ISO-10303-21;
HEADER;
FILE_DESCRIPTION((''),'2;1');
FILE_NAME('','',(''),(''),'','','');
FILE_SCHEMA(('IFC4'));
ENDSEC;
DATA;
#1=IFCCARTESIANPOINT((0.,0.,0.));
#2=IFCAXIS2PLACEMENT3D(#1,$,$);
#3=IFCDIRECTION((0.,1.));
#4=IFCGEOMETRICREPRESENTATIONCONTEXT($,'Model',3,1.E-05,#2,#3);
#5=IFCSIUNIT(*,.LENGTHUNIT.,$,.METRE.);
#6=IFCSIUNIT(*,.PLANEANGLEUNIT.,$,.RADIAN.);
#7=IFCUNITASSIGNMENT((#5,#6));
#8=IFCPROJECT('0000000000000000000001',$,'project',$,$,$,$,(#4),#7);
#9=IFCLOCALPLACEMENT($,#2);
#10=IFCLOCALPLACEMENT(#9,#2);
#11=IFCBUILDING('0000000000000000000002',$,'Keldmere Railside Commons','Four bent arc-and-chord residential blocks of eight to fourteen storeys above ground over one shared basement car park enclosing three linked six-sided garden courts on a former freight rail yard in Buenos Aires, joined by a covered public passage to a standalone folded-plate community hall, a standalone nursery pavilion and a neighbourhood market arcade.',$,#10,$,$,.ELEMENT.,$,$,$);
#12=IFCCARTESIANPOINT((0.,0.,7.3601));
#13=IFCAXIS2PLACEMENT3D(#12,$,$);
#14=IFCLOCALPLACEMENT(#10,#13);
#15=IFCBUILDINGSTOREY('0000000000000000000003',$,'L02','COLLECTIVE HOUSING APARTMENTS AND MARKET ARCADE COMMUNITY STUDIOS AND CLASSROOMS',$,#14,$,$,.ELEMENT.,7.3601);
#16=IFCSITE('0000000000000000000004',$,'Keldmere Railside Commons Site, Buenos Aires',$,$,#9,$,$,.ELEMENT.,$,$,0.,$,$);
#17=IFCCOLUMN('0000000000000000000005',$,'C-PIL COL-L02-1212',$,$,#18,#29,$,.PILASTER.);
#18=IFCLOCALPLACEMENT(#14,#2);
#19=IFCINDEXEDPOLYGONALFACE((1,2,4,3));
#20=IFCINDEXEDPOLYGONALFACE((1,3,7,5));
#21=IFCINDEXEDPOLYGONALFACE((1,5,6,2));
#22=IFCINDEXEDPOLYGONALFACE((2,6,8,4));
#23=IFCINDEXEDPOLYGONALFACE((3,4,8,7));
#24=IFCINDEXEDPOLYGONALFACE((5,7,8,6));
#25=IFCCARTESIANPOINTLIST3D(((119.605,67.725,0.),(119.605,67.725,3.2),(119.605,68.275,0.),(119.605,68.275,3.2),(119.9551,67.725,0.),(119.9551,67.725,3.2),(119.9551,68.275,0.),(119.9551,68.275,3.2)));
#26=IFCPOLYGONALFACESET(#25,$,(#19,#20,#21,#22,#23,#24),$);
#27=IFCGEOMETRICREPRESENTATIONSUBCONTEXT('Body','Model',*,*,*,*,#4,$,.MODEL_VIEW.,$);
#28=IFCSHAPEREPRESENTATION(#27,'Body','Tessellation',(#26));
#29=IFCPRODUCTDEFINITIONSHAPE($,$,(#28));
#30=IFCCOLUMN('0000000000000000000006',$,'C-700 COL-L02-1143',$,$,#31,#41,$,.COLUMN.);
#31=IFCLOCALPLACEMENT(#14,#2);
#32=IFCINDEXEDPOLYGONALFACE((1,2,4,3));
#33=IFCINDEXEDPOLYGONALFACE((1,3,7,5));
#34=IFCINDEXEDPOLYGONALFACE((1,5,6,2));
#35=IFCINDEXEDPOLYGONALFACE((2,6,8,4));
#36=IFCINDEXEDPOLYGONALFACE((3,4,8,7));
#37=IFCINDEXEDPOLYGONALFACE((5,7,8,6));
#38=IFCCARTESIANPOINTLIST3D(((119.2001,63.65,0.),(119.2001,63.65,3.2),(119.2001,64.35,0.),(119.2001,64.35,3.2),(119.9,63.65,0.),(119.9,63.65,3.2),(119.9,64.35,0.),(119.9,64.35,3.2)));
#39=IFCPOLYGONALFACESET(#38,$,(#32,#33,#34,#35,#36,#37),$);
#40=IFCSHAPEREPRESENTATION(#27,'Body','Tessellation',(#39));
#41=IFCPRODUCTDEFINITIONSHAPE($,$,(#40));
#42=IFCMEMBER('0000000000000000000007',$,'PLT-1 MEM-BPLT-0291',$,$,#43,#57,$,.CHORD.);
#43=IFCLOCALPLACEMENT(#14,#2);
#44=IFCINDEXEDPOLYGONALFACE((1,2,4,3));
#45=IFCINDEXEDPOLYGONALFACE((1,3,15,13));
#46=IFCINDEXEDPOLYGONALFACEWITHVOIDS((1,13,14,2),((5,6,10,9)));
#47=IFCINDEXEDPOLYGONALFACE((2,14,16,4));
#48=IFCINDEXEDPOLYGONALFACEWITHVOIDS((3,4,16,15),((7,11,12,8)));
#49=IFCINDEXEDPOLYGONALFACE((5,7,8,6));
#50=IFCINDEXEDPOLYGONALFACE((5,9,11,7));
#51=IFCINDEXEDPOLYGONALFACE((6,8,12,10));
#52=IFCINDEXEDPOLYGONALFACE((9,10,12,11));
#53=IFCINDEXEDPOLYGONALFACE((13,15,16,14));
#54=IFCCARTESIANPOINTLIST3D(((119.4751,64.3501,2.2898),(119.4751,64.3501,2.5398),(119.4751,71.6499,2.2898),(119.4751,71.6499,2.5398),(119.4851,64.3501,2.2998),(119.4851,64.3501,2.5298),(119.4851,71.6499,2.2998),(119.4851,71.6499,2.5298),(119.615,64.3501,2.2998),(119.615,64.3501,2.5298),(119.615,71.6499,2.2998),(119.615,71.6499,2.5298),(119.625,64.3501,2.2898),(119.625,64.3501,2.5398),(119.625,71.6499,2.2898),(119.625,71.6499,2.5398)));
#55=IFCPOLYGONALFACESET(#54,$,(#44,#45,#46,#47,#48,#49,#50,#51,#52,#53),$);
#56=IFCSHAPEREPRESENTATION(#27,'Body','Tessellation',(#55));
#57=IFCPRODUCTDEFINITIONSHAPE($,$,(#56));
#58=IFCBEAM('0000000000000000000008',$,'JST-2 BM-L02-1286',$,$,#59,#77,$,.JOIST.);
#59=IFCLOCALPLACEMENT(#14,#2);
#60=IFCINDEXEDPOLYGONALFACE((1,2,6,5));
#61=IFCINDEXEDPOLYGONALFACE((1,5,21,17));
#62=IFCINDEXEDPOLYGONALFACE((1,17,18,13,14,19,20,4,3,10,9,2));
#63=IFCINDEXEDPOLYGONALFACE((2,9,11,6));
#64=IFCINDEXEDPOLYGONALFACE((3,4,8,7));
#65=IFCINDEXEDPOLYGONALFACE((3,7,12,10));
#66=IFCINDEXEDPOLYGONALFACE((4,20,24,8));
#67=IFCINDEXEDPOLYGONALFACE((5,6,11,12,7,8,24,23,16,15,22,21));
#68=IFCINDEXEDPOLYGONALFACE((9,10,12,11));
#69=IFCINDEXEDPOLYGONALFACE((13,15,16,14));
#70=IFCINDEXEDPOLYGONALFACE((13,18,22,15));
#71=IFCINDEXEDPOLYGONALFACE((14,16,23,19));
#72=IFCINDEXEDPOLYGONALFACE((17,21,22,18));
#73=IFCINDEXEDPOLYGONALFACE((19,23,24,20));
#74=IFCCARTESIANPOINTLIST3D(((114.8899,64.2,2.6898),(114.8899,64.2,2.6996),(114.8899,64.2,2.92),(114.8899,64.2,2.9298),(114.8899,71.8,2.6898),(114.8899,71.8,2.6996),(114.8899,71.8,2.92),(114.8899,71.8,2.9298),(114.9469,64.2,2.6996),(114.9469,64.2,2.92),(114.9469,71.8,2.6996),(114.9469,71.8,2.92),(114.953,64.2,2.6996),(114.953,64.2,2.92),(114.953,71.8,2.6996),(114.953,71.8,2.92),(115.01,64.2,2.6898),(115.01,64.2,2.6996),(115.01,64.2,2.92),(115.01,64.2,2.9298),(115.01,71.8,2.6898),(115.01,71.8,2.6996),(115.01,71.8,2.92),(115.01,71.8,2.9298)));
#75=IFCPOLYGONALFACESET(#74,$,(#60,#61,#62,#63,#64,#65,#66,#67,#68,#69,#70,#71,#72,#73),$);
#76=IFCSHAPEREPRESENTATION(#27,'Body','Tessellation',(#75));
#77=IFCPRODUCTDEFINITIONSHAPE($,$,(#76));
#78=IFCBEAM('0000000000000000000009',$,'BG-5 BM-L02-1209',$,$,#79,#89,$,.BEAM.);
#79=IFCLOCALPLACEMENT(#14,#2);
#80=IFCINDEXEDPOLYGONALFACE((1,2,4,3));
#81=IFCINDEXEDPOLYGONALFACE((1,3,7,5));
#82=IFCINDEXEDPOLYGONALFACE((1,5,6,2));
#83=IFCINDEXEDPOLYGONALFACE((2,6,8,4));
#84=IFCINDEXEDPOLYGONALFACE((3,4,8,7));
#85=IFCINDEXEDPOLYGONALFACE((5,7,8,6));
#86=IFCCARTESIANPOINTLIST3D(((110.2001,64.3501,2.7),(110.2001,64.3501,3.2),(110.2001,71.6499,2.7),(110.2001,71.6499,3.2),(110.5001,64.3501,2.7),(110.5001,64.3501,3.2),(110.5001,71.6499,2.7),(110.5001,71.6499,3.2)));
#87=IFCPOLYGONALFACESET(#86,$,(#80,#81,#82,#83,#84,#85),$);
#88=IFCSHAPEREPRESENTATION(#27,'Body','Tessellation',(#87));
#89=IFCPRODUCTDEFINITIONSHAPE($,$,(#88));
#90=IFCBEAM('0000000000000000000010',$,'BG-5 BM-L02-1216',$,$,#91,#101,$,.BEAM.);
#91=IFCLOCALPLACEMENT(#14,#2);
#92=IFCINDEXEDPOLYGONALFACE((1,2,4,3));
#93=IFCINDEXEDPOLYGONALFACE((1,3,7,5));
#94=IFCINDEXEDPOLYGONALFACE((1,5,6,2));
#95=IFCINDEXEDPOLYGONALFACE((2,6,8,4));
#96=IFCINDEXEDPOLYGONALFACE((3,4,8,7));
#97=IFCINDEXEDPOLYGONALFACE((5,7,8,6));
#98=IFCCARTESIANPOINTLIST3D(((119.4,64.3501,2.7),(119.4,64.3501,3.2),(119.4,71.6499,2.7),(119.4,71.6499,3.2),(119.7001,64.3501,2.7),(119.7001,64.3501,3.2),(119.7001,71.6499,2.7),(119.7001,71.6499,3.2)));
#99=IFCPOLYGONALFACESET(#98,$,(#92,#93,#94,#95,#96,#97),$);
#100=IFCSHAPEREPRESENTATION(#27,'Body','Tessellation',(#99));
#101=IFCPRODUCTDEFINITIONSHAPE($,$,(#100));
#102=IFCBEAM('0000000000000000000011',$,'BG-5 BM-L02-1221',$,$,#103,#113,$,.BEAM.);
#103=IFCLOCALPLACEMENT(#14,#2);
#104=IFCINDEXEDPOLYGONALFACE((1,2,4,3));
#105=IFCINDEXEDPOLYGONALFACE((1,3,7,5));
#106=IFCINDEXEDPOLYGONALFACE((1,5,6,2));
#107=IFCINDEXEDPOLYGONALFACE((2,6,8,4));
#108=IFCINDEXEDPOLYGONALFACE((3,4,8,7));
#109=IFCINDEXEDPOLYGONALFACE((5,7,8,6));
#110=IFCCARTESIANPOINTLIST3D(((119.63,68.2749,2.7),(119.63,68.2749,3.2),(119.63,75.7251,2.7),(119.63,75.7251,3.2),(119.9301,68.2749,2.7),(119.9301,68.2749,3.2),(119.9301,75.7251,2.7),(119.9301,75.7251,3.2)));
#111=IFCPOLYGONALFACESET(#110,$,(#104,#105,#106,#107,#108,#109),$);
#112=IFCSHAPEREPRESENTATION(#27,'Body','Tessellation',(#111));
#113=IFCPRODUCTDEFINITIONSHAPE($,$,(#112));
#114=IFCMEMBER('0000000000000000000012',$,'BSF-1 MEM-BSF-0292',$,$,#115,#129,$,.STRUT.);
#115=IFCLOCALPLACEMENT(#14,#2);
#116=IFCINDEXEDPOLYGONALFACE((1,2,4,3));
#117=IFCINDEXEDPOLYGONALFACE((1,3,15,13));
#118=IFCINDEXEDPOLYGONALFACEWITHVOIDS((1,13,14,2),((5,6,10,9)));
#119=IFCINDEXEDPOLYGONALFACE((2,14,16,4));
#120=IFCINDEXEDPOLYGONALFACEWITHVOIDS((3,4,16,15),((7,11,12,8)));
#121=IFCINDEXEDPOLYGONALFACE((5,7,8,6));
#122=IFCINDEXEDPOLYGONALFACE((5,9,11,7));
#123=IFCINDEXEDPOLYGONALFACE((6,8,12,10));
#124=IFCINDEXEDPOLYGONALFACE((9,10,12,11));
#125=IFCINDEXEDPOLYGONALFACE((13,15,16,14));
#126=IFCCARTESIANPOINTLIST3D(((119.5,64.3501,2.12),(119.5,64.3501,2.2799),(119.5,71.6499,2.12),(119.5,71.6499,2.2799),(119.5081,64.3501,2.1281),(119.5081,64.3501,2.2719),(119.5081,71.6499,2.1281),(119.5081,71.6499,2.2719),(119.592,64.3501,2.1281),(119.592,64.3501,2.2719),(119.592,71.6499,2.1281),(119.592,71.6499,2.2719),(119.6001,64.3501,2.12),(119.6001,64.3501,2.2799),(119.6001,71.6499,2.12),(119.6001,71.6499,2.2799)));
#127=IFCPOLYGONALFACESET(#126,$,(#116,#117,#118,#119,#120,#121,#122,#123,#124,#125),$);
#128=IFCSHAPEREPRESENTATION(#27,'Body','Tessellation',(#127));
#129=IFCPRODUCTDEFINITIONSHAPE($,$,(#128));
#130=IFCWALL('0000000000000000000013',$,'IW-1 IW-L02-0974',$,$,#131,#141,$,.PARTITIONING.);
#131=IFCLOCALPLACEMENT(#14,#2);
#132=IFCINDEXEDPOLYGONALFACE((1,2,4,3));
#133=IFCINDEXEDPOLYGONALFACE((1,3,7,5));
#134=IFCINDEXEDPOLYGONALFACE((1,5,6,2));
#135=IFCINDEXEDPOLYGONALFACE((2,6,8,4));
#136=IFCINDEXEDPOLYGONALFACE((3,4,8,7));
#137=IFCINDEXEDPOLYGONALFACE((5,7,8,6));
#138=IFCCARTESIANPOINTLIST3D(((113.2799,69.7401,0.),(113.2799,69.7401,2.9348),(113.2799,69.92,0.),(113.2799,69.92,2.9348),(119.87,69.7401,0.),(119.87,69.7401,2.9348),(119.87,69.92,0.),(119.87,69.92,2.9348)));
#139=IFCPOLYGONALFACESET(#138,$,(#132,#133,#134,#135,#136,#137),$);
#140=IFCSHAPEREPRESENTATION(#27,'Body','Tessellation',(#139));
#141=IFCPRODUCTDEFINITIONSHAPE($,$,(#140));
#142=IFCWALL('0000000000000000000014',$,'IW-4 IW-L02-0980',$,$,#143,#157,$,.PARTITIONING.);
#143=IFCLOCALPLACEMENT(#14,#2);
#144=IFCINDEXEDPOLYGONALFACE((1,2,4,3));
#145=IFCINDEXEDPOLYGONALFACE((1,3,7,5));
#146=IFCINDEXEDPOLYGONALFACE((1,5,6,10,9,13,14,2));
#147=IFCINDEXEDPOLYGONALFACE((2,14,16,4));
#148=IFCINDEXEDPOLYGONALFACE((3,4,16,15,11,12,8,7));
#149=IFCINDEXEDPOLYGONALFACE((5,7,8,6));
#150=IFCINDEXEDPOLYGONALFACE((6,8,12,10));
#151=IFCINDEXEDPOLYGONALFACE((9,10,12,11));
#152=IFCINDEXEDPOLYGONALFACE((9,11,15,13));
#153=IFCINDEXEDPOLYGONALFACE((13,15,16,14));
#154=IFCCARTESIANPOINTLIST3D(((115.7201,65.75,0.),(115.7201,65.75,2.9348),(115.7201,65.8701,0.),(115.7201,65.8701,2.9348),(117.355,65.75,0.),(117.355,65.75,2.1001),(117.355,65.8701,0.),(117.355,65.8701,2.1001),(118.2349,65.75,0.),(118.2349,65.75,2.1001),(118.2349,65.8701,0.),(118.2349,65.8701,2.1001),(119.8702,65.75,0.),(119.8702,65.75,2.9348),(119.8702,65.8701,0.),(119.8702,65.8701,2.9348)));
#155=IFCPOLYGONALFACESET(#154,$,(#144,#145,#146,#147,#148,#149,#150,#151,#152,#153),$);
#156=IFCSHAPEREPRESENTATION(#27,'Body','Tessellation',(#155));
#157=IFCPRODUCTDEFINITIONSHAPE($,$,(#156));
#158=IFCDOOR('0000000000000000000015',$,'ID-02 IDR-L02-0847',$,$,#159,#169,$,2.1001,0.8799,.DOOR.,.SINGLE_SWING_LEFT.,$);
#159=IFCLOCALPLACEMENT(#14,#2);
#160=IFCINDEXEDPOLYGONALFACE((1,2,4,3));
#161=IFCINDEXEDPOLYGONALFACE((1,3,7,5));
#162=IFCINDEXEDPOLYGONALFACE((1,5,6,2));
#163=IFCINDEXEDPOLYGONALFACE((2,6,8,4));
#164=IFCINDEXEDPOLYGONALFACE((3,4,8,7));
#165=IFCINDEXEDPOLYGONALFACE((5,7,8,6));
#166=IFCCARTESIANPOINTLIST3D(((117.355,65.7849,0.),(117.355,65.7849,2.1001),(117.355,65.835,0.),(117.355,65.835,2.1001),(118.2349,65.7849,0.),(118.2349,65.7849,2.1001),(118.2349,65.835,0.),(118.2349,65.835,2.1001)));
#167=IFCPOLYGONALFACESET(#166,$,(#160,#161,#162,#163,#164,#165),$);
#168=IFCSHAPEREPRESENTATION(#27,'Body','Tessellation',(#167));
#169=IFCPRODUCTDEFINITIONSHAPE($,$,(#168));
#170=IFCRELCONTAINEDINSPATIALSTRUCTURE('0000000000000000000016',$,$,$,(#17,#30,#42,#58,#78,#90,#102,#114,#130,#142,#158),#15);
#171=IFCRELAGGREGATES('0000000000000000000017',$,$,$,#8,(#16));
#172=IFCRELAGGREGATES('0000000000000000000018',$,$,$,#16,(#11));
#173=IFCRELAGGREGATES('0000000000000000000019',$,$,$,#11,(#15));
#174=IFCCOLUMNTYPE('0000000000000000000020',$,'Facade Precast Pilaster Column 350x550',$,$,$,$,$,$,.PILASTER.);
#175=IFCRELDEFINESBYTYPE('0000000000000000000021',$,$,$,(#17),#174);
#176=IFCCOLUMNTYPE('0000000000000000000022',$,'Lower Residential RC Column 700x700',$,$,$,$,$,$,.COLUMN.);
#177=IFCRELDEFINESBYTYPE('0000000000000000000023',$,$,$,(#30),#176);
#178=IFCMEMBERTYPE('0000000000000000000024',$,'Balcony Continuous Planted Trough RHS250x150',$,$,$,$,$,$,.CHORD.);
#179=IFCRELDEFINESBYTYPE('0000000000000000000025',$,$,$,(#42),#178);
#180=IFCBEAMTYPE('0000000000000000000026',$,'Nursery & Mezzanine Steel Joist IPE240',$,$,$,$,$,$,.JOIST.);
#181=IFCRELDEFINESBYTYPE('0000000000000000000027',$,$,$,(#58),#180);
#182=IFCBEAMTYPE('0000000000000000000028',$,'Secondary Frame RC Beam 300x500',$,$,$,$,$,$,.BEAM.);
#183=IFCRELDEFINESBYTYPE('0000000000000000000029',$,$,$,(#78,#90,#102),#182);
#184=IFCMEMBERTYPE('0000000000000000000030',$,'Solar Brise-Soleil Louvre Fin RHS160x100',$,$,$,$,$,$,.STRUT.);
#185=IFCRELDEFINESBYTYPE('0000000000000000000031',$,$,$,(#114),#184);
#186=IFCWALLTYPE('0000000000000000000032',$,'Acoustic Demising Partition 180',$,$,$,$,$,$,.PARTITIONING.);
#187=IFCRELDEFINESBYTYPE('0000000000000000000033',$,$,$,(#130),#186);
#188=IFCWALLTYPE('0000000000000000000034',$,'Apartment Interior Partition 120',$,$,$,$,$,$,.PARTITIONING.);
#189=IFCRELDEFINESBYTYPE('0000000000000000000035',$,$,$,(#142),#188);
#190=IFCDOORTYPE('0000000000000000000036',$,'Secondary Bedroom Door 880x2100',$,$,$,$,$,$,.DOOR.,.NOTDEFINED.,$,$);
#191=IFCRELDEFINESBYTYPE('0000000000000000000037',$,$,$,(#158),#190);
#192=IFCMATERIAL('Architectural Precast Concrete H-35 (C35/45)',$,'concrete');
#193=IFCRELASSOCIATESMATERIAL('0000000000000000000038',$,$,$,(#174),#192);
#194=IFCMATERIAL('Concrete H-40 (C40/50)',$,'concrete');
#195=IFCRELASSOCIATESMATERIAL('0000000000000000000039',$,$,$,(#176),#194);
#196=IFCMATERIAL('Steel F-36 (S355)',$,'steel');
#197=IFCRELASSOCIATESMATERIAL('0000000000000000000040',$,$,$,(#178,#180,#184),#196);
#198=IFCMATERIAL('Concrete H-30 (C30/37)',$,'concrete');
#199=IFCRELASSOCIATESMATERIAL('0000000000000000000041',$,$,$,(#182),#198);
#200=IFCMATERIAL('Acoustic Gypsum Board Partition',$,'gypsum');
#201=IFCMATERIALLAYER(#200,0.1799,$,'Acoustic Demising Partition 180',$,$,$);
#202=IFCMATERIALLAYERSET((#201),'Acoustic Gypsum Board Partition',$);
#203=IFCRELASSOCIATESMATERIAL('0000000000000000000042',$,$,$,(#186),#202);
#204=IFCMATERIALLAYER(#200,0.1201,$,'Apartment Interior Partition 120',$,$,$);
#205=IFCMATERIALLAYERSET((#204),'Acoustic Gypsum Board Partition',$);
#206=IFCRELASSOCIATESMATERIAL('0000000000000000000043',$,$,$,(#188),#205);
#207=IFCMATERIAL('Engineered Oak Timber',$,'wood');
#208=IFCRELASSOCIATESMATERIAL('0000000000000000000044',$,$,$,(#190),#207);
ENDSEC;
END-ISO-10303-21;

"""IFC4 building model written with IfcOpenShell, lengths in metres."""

from ifc_helpers import new_model, si_unit, direction, frame, frame_2d, origin, origin_2d, place, context, subcontext, project, spatial, rectangle, hollow_rectangle, i_section, extrude, material, layer, layer_set, material_profile, profile_set, type_object, element, fill, save


model = new_model("IFC4")

# Units and contexts
model_context = context("Model", 3, precision=1e-05, world=origin(), true_north=direction((0.0, 1.0)))
body_context = subcontext(model_context, "Body", "Model", "MODEL_VIEW")
ifc_project = project(units=[si_unit("LENGTHUNIT", "METRE"), si_unit("PLANEANGLEUNIT", "RADIAN")], contexts=[model_context])

# Site, building, storey
site_placement = place(None, origin())
site = spatial("IfcSite", under=ifc_project, at=site_placement, Name="Keldmere Railside Commons Site, Buenos Aires", CompositionType="ELEMENT", RefElevation=0.0)
building_placement = place(site_placement, origin())
building = spatial("IfcBuilding", under=site, at=building_placement, Name="Keldmere Railside Commons", Description="Four bent arc-and-chord residential blocks of eight to fourteen storeys above ground over one shared basement car park enclosing three linked six-sided garden courts on a former freight rail yard in Buenos Aires, joined by a covered public passage to a standalone folded-plate community hall, a standalone nursery pavilion and a neighbourhood market arcade.", CompositionType="ELEMENT")
storey_placement = place(building_placement, frame((0.0, 0.0, 7.3601)))
storey = spatial("IfcBuildingStorey", under=building, at=storey_placement, Name="L02", Description="COLLECTIVE HOUSING APARTMENTS AND MARKET ARCADE COMMUNITY STUDIOS AND CLASSROOMS", CompositionType="ELEMENT", Elevation=7.3601)

# Columns
ifc_material_1 = material(Name="Architectural Precast Concrete H-35 (C35/45)", Category="concrete")
ifc_material_profile_1 = material_profile(ifc_material_1, rectangle(XDim=0.3501, YDim=0.55, at=origin_2d()), Name="RC-350x550")
ifc_profile_set_1 = profile_set([ifc_material_profile_1], Name="Architectural Precast Concrete H-35 (C35/45)")
column_type_1 = type_object("IfcColumnType", Name="Facade Precast Pilaster Column 350x550", PredefinedType="PILASTER", material=ifc_profile_set_1)
column_1_placement = place(storey_placement, frame((119.78, 68.0, 0.0), z_axis=(0.0, 0.0, 1.0), x_axis=(1.0, 0.0, 0.0)))
element("IfcColumn", 1, at=column_1_placement, inside=storey, type_object=column_type_1, Name="C-PIL COL-L02-1212", PredefinedType="PILASTER", context=body_context, shape_type="SweptSolid", body=[
    extrude(rectangle(XDim=0.3501, YDim=0.55, at=origin_2d()), origin(), (0.0, 0.0, 1.0), 3.2),
])
ifc_material_2 = material(Name="Concrete H-40 (C40/50)", Category="concrete")
ifc_material_profile_2 = material_profile(ifc_material_2, rectangle(XDim=0.7, YDim=0.7, at=origin_2d()), Name="RC-700x700")
ifc_profile_set_2 = profile_set([ifc_material_profile_2], Name="Concrete H-40 (C40/50)")
column_type_2 = type_object("IfcColumnType", Name="Lower Residential RC Column 700x700", PredefinedType="COLUMN", material=ifc_profile_set_2)
column_2_placement = place(storey_placement, frame((119.55, 64.0, 0.0), z_axis=(0.0, 0.0, 1.0), x_axis=(1.0, 0.0, 0.0)))
element("IfcColumn", 2, at=column_2_placement, inside=storey, type_object=column_type_2, Name="C-700 COL-L02-1143", PredefinedType="COLUMN", context=body_context, shape_type="SweptSolid", body=[
    extrude(rectangle(XDim=0.7, YDim=0.7, at=origin_2d()), origin(), (0.0, 0.0, 1.0), 3.2),
])

# Member
ifc_material_3 = material(Name="Steel F-36 (S355)", Category="steel")
ifc_material_profile_3 = material_profile(ifc_material_3, hollow_rectangle(XDim=0.1499, YDim=0.25, WallThickness=0.01, at=origin_2d()), Name="RHS-250x150x10")
ifc_profile_set_3 = profile_set([ifc_material_profile_3], Name="Steel F-36 (S355)")
member_type_1 = type_object("IfcMemberType", Name="Balcony Continuous Planted Trough RHS250x150", PredefinedType="CHORD", material=ifc_profile_set_3)
member_1_placement = place(storey_placement, frame((119.55, 64.3501, 2.4148), z_axis=(0.0, 1.0, 0.0), x_axis=(-1.0, 0.0, 0.0)))
element("IfcMember", 3, at=member_1_placement, inside=storey, type_object=member_type_1, Name="PLT-1 MEM-BPLT-0291", PredefinedType="CHORD", context=body_context, shape_type="SweptSolid", body=[
    extrude(hollow_rectangle(XDim=0.1499, YDim=0.25, WallThickness=0.01, at=origin_2d()), origin(), (0.0, 0.0, 1.0), 7.2998),
])

# Beams
ifc_material_profile_4 = material_profile(ifc_material_3, i_section(OverallWidth=0.1201, OverallDepth=0.24, WebThickness=0.0061, FlangeThickness=0.0098, at=origin_2d()), Name="IPE-240")
ifc_profile_set_4 = profile_set([ifc_material_profile_4], Name="Steel F-36 (S355)")
beam_type_1 = type_object("IfcBeamType", Name="Nursery & Mezzanine Steel Joist IPE240", PredefinedType="JOIST", material=ifc_profile_set_4)
beam_1_placement = place(storey_placement, frame((114.95, 64.2, 2.8098), z_axis=(0.0, 1.0, 0.0), x_axis=(-1.0, 0.0, 0.0)))
element("IfcBeam", 4, at=beam_1_placement, inside=storey, type_object=beam_type_1, Name="JST-2 BM-L02-1286", PredefinedType="JOIST", context=body_context, shape_type="SweptSolid", body=[
    extrude(i_section(OverallWidth=0.1201, OverallDepth=0.24, WebThickness=0.0061, FlangeThickness=0.0098, at=origin_2d()), origin(), (0.0, 0.0, 1.0), 7.6001),
])
ifc_material_4 = material(Name="Concrete H-30 (C30/37)", Category="concrete")
ifc_material_profile_5 = material_profile(ifc_material_4, rectangle(XDim=0.3, YDim=0.5, at=origin_2d()), Name="RC-300x500")
ifc_profile_set_5 = profile_set([ifc_material_profile_5], Name="Concrete H-30 (C30/37)")
beam_type_2 = type_object("IfcBeamType", Name="Secondary Frame RC Beam 300x500", PredefinedType="BEAM", material=ifc_profile_set_5)
for number, where, z_axis, x_axis, name in (
    (5, (110.3501, 64.3501, 2.95), (0.0, 1.0, 0.0), (-1.0, 0.0, 0.0), "BG-5 BM-L02-1209"),
    (6, (119.55, 64.3501, 2.95), (0.0, 1.0, 0.0), (-1.0, 0.0, 0.0), "BG-5 BM-L02-1216"),
):
    element("IfcBeam", number, at=place(storey_placement, frame(where, z_axis=z_axis, x_axis=x_axis)), inside=storey, type_object=beam_type_2, Name=name, PredefinedType="BEAM", context=body_context, shape_type="SweptSolid", body=[
        extrude(rectangle(XDim=0.3, YDim=0.5, at=origin_2d()), origin(), (0.0, 0.0, 1.0), 7.2998),
    ])
beam_2_placement = place(storey_placement, frame((119.78, 68.2749, 2.95), z_axis=(0.0, 1.0, 0.0), x_axis=(-1.0, 0.0, 0.0)))
element("IfcBeam", 7, at=beam_2_placement, inside=storey, type_object=beam_type_2, Name="BG-5 BM-L02-1221", PredefinedType="BEAM", context=body_context, shape_type="SweptSolid", body=[
    extrude(rectangle(XDim=0.3, YDim=0.5, at=origin_2d()), origin(), (0.0, 0.0, 1.0), 7.4502),
])

# Member
ifc_material_profile_6 = material_profile(ifc_material_3, hollow_rectangle(XDim=0.1001, YDim=0.1599, WallThickness=0.0081, at=origin_2d()), Name="RHS-160x100x8")
ifc_profile_set_6 = profile_set([ifc_material_profile_6], Name="Steel F-36 (S355)")
member_type_2 = type_object("IfcMemberType", Name="Solar Brise-Soleil Louvre Fin RHS160x100", PredefinedType="STRUT", material=ifc_profile_set_6)
member_2_placement = place(storey_placement, frame((119.55, 64.3501, 2.2), z_axis=(0.0, 1.0, 0.0), x_axis=(-1.0, 0.0, 0.0)))
element("IfcMember", 8, at=member_2_placement, inside=storey, type_object=member_type_2, Name="BSF-1 MEM-BSF-0292", PredefinedType="STRUT", context=body_context, shape_type="SweptSolid", body=[
    extrude(hollow_rectangle(XDim=0.1001, YDim=0.1599, WallThickness=0.0081, at=origin_2d()), origin(), (0.0, 0.0, 1.0), 7.2998),
])

# Wall
ifc_material_5 = material(Name="Acoustic Gypsum Board Partition", Category="gypsum")
ifc_layer_1 = layer(ifc_material_5, 0.1799, Name="Acoustic Demising Partition 180")
ifc_layer_set_1 = layer_set([ifc_layer_1], Name="Acoustic Gypsum Board Partition")
wall_type_1 = type_object("IfcWallType", Name="Acoustic Demising Partition 180", PredefinedType="PARTITIONING", material=ifc_layer_set_1)
wall_1_placement = place(storey_placement, frame((113.28, 69.8301, 0.0), z_axis=(0.0, 0.0, 1.0), x_axis=(1.0, 0.0, 0.0)))
element("IfcWall", 9, at=wall_1_placement, inside=storey, type_object=wall_type_1, Name="IW-1 IW-L02-0974", PredefinedType="PARTITIONING", context=body_context, shape_type="SweptSolid", body=[
    extrude(rectangle(XDim=6.5901, YDim=0.1799, at=frame_2d((3.2949, 0.0))), origin(), (0.0, 0.0, 1.0), 2.9348),
])

# Wall, opening, door
ifc_layer_2 = layer(ifc_material_5, 0.1201, Name="Apartment Interior Partition 120")
ifc_layer_set_2 = layer_set([ifc_layer_2], Name="Acoustic Gypsum Board Partition")
wall_type_2 = type_object("IfcWallType", Name="Apartment Interior Partition 120", PredefinedType="PARTITIONING", material=ifc_layer_set_2)
wall_2_placement = place(storey_placement, frame((115.72, 65.8101, 0.0), z_axis=(0.0, 0.0, 1.0), x_axis=(1.0, 0.0, 0.0)))
wall_2 = element("IfcWall", 10, at=wall_2_placement, inside=storey, type_object=wall_type_2, Name="IW-4 IW-L02-0980", PredefinedType="PARTITIONING", context=body_context, shape_type="SweptSolid", body=[
    extrude(rectangle(XDim=4.1501, YDim=0.1201, at=frame_2d((2.0752, 0.0))), origin(), (0.0, 0.0, 1.0), 2.9348),
])
opening_1_placement = place(wall_2_placement, frame((1.635, 0.0, 0.0)))
opening_1 = element("IfcOpeningElement", 11, at=opening_1_placement, cuts=wall_2, PredefinedType="OPENING", context=body_context, shape_type="SweptSolid", body=[
    extrude(rectangle(XDim=0.8799, YDim=2.1001, at=frame_2d((0.4399, 1.05))), frame((0.0, 0.0701, 0.0), z_axis=(0.0, -1.0, 0.0), x_axis=(1.0, 0.0, 0.0)), (0.0, 0.0, 1.0), 0.1401),
])
ifc_material_6 = material(Name="Engineered Oak Timber", Category="wood")
door_type_1 = type_object("IfcDoorType", Name="Secondary Bedroom Door 880x2100", OperationType="NOTDEFINED", PredefinedType="DOOR", material=ifc_material_6)
door_1_placement = place(opening_1_placement, origin())
door_1 = element("IfcDoor", 12, at=door_1_placement, inside=storey, type_object=door_type_1, Name="ID-02 IDR-L02-0847", OperationType="SINGLE_SWING_LEFT", OverallHeight=2.1001, OverallWidth=0.8799, PredefinedType="DOOR", context=body_context, shape_type="SweptSolid", body=[
    extrude(rectangle(XDim=0.8799, YDim=2.1001, at=frame_2d((0.4399, 1.05))), frame((0.0, 0.0249, 0.0), z_axis=(0.0, -1.0, 0.0), x_axis=(1.0, 0.0, 0.0)), (0.0, 0.0, 1.0), 0.05),
])
fill(opening_1, door_1)

save(model, "model.ifc")
